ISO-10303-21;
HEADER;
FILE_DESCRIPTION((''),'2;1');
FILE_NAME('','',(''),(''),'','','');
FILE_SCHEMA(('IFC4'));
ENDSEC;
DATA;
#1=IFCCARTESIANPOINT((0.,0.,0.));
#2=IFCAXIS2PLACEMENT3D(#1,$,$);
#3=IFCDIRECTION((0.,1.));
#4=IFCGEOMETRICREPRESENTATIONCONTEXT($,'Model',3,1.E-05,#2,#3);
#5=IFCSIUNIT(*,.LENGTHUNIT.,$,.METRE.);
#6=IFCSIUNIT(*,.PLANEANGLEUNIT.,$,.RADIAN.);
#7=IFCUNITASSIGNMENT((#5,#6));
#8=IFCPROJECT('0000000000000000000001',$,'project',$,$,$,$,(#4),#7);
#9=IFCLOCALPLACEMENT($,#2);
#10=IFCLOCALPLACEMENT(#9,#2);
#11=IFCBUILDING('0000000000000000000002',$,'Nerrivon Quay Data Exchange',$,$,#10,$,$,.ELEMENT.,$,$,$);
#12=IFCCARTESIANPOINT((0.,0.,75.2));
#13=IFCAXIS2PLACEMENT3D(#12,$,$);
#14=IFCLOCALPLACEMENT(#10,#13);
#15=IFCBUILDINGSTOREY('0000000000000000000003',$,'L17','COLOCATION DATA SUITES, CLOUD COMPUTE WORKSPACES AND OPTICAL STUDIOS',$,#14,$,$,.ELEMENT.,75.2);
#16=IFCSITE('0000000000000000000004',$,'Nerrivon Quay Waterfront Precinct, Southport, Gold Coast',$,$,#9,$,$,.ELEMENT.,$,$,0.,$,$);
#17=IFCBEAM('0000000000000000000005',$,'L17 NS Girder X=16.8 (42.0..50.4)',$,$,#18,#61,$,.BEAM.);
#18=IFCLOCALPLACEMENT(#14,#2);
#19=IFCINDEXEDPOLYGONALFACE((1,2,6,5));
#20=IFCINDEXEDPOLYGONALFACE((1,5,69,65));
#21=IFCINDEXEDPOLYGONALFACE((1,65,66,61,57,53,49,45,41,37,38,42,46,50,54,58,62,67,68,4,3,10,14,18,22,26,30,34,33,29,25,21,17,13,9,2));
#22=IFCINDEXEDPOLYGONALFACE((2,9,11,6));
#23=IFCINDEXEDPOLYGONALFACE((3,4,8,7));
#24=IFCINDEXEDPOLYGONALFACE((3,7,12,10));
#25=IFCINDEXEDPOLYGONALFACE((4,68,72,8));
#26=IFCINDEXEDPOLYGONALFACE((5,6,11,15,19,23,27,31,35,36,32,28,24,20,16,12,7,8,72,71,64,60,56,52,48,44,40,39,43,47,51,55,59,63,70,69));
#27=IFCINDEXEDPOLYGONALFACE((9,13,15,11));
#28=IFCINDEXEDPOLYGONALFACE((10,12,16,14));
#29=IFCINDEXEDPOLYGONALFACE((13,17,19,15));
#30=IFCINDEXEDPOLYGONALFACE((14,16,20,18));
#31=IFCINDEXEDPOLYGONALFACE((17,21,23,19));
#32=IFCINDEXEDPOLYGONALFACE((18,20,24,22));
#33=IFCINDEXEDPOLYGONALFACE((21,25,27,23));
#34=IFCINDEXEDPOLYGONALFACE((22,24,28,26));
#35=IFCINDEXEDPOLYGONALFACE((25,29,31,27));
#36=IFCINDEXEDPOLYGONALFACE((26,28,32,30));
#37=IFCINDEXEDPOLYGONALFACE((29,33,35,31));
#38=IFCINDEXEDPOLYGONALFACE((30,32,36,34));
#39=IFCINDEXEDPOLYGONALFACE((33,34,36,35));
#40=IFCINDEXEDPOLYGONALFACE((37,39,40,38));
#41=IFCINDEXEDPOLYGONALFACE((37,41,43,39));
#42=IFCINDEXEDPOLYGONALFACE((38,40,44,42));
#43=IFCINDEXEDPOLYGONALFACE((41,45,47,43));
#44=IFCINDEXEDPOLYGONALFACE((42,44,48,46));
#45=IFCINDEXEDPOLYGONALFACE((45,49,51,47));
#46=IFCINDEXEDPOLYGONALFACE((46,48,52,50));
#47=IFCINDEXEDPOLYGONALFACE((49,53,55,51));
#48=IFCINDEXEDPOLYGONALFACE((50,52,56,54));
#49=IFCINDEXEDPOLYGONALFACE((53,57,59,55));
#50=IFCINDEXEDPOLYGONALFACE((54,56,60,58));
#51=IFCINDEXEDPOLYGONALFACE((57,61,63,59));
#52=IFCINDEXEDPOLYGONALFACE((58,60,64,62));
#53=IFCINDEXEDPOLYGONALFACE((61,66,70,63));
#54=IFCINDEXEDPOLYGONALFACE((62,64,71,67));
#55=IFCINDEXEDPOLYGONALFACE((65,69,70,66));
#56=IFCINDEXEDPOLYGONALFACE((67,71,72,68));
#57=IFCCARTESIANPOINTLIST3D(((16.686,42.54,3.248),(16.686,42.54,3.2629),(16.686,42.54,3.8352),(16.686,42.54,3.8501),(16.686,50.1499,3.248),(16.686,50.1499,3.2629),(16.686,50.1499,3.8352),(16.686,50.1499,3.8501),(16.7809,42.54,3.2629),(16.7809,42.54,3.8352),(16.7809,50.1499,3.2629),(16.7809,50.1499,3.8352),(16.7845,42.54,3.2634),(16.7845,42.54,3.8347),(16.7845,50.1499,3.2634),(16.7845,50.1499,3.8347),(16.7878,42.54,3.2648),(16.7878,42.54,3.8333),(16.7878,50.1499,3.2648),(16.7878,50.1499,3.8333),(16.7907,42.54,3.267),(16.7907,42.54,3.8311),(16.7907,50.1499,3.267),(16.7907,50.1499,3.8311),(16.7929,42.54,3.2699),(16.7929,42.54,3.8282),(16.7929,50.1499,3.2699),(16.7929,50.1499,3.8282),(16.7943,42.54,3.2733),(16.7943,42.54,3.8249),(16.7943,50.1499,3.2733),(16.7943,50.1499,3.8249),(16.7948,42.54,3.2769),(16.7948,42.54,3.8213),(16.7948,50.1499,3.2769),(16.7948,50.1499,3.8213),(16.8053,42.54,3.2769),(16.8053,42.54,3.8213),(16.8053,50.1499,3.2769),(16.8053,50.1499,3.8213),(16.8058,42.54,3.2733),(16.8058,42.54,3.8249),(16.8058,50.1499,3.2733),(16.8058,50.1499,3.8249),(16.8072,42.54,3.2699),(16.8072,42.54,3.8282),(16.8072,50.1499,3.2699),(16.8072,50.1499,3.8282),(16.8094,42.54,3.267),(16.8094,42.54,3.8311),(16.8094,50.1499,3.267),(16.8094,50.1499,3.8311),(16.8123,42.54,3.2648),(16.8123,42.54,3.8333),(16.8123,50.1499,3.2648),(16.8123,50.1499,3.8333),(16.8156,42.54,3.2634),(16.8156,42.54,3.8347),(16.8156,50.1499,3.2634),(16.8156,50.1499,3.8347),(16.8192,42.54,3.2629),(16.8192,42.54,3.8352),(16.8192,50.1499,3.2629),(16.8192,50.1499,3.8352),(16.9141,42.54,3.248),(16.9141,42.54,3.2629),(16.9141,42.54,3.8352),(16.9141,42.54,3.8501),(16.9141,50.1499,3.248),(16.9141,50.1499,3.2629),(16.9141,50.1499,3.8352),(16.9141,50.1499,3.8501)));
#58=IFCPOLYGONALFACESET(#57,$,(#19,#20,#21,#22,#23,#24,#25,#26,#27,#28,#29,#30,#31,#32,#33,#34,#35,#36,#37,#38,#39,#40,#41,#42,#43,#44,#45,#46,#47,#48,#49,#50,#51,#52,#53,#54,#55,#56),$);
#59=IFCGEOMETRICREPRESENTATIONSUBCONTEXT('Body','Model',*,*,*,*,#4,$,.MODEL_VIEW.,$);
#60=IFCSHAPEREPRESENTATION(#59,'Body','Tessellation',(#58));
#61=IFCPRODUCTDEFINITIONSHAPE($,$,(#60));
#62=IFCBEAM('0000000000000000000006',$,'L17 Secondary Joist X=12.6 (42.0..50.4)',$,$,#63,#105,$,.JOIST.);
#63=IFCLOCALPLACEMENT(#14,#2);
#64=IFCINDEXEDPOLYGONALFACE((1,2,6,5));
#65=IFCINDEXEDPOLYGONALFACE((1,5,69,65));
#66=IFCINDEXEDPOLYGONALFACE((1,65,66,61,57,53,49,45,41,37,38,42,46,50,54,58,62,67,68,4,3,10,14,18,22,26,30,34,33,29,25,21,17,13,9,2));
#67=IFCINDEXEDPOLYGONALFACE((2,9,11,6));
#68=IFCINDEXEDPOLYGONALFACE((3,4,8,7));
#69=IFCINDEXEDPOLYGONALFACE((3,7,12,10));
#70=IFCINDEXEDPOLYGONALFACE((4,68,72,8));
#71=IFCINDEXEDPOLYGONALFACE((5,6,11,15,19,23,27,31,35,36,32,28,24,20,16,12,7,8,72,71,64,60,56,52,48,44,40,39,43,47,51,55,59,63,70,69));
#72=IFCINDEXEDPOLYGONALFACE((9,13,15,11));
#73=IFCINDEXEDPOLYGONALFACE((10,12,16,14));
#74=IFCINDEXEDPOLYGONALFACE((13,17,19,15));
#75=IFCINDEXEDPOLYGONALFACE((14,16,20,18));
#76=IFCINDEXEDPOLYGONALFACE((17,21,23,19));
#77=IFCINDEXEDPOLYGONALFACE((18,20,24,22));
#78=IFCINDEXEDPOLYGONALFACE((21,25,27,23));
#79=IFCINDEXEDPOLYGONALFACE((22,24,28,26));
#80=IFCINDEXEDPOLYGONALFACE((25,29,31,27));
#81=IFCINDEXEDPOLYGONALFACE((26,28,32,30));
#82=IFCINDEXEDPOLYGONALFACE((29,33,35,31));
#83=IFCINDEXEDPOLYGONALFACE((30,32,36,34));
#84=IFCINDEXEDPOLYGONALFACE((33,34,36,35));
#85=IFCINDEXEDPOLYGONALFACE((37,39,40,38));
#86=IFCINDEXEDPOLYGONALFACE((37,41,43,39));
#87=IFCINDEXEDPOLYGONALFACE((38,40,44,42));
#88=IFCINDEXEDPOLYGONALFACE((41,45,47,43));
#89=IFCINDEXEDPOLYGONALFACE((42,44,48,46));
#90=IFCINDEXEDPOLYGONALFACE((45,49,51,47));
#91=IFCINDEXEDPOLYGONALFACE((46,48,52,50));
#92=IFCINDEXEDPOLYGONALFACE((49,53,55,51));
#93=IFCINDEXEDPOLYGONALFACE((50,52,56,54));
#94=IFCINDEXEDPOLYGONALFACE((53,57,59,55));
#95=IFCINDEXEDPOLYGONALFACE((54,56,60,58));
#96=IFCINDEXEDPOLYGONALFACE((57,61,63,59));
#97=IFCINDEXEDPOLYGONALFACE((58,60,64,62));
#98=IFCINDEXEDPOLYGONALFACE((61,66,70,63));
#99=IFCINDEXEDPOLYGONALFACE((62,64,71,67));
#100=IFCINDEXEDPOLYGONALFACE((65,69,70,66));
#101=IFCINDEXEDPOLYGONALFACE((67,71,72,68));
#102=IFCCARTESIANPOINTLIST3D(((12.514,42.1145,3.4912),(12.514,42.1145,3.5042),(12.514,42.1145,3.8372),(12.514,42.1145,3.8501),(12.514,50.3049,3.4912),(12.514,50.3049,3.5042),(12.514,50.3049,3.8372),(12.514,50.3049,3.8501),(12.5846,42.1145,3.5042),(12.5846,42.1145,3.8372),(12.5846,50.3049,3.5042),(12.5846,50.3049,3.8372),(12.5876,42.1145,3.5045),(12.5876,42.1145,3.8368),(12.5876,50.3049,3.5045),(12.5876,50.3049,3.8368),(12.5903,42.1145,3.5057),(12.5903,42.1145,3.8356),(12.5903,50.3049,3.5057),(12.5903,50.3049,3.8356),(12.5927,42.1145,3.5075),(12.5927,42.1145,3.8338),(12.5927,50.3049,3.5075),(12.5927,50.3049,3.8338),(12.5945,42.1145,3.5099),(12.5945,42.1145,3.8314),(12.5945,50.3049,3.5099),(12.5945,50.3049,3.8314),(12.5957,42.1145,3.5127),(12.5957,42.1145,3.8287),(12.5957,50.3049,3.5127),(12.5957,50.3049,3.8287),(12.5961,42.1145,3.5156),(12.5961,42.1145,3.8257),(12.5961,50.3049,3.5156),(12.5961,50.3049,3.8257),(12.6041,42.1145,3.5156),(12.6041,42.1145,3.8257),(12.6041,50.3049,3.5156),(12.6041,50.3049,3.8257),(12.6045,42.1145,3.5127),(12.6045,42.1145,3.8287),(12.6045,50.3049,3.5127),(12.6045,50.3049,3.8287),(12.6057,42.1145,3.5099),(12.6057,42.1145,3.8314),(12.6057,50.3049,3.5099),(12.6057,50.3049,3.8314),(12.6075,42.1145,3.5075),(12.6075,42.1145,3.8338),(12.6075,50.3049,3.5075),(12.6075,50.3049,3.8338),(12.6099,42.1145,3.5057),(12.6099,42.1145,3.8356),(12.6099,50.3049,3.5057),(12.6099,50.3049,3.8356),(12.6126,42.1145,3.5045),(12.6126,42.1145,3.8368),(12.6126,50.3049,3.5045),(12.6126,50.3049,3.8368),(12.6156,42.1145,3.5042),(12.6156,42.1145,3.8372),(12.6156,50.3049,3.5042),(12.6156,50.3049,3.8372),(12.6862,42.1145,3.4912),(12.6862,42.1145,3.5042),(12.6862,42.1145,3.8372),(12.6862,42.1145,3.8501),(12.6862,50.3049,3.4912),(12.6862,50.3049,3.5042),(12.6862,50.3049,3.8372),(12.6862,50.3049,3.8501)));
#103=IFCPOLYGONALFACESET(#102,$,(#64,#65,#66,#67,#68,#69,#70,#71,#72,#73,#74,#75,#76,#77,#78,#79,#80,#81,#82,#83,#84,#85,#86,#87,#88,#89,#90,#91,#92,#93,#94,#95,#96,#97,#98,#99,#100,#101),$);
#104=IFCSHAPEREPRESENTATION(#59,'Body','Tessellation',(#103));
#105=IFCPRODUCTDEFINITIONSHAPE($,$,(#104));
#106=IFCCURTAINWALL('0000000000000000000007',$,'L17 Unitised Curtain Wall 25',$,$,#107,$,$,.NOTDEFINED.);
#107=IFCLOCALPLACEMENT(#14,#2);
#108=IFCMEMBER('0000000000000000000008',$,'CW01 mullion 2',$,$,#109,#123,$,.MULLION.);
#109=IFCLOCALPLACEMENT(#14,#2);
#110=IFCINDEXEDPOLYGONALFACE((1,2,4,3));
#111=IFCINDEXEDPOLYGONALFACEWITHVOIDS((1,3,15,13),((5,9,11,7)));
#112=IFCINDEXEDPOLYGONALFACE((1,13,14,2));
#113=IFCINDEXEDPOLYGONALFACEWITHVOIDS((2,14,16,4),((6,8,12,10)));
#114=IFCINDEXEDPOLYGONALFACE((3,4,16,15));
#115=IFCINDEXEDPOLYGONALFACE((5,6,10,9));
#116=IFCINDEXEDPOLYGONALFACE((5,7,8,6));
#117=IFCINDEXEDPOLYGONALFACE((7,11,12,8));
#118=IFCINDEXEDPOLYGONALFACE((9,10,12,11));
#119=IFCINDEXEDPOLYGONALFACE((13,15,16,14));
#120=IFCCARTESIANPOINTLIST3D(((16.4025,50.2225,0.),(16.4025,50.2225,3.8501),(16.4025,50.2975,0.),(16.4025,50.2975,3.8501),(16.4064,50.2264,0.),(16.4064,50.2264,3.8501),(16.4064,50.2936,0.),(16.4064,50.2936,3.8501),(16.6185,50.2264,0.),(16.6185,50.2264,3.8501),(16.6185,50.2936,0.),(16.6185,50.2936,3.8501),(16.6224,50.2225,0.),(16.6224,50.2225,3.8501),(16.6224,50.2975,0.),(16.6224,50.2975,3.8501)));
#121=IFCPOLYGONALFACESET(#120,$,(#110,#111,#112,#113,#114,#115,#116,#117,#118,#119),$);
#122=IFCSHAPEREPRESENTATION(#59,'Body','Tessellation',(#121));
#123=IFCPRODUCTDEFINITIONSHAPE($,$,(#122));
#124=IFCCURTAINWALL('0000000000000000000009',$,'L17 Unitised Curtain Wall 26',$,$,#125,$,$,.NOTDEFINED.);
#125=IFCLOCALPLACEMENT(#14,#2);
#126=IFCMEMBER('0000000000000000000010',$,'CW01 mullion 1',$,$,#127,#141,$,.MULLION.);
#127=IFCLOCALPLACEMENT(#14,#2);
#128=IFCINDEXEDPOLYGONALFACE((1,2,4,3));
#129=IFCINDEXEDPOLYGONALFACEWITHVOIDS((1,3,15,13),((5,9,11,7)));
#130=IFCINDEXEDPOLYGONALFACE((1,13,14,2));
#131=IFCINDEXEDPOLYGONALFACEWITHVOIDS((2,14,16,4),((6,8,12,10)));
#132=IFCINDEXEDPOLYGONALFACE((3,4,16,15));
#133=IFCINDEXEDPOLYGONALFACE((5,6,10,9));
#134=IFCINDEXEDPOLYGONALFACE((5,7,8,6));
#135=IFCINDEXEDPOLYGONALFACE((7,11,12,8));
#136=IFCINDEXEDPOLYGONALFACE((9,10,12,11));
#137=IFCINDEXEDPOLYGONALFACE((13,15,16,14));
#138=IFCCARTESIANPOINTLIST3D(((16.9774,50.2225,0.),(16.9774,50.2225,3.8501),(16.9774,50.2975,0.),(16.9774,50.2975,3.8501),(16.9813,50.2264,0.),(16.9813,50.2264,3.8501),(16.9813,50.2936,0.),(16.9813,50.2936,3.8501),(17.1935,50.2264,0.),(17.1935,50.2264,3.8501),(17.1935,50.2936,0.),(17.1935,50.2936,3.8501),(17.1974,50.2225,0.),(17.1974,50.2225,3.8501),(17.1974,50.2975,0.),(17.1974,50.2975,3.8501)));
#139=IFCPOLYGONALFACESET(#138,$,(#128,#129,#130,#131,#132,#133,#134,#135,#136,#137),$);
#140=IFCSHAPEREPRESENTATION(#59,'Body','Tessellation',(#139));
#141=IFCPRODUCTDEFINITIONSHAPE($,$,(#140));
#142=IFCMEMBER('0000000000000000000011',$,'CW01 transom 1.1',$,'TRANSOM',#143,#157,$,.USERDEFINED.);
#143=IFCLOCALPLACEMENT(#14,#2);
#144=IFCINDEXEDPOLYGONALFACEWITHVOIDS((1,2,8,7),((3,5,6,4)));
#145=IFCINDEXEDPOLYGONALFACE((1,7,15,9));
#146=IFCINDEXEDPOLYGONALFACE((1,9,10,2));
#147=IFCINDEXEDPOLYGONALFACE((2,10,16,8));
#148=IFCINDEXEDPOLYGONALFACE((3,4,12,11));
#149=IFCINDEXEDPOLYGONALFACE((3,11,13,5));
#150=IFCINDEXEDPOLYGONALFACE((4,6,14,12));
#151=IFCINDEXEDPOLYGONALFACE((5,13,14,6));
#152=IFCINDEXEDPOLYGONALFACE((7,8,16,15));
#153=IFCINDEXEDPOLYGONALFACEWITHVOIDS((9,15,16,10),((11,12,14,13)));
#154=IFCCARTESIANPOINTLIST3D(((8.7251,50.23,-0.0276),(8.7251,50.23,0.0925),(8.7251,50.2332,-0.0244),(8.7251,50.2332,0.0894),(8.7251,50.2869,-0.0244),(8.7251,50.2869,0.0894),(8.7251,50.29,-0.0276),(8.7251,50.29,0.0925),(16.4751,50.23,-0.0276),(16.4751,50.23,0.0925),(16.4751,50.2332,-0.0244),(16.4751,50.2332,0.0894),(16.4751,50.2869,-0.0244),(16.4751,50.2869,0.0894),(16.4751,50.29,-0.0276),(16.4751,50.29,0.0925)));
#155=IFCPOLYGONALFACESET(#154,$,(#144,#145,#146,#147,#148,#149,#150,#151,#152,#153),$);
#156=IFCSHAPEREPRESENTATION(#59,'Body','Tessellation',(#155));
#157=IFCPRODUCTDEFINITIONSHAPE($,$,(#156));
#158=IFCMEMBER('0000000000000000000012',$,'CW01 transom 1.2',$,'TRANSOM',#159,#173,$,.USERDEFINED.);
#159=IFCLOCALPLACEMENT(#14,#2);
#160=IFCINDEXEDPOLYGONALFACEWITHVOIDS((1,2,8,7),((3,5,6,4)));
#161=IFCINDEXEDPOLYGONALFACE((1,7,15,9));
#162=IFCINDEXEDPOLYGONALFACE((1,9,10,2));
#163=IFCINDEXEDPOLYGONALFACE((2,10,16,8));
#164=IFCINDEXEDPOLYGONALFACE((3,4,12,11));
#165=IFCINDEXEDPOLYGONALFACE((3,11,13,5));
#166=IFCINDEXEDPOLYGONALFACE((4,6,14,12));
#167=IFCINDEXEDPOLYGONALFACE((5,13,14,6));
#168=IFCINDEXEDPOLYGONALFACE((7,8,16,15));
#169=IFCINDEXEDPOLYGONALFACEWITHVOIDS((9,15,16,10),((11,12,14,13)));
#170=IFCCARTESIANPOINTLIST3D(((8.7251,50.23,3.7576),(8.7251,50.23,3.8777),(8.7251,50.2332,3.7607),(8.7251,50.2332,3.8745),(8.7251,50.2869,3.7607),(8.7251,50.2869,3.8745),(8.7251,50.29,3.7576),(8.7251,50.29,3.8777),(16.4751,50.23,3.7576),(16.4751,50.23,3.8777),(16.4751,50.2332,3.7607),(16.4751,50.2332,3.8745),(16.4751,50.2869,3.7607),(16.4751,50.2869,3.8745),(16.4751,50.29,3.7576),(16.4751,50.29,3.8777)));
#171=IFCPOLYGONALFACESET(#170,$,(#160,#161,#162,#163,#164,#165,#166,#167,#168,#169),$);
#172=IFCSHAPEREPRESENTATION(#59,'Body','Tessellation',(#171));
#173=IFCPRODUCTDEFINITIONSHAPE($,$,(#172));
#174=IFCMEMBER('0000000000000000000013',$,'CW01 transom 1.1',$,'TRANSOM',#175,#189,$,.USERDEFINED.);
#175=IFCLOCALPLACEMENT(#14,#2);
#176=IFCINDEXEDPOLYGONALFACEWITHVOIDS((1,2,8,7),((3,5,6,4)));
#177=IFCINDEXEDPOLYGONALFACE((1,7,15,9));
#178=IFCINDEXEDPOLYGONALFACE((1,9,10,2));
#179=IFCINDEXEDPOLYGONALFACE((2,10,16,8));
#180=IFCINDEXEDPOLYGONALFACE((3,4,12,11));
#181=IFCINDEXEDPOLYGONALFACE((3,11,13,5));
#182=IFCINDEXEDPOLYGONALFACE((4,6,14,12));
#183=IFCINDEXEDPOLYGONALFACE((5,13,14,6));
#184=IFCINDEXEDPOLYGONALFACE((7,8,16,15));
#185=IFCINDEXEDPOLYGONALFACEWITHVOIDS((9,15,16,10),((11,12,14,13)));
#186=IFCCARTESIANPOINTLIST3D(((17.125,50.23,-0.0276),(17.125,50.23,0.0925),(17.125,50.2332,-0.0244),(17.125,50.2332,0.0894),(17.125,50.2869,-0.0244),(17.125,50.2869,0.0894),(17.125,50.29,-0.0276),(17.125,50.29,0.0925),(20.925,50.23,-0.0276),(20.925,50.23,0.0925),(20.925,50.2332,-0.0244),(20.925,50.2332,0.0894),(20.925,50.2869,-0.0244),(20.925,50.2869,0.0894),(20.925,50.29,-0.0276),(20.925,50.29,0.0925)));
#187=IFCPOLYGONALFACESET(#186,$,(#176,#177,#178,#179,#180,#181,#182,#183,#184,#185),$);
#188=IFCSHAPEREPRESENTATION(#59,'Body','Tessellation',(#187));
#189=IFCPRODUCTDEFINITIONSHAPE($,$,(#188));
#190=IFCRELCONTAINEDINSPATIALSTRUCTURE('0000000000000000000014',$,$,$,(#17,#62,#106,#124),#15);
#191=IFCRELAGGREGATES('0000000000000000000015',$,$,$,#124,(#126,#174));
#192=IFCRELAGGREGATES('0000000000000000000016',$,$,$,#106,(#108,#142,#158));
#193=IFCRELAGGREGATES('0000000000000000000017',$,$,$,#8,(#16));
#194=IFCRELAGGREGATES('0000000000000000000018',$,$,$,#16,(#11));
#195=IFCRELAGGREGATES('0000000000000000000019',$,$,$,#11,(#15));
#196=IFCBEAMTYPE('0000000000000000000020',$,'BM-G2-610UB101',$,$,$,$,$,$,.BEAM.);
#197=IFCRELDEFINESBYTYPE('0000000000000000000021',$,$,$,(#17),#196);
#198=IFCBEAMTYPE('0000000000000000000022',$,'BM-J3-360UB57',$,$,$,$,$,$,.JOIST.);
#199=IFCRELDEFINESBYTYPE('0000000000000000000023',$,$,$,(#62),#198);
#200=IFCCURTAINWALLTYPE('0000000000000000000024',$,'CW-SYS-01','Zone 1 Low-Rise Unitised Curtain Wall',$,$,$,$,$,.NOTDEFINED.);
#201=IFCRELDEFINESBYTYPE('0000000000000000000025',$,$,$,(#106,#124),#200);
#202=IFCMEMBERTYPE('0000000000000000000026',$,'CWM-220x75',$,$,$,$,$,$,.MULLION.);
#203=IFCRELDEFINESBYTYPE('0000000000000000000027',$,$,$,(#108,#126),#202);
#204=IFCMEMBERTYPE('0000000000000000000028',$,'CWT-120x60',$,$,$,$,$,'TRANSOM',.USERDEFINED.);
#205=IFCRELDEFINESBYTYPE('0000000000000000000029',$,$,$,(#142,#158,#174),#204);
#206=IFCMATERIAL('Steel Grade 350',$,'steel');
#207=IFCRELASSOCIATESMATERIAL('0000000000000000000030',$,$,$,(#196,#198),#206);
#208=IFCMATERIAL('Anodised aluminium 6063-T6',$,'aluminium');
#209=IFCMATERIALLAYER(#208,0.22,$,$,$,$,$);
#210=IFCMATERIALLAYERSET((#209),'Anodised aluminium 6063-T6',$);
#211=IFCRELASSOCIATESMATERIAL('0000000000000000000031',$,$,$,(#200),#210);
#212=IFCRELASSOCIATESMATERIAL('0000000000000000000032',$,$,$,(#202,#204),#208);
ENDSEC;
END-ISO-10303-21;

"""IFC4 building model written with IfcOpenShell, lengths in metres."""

from ifc_helpers import new_model, si_unit, direction, frame, origin, origin_2d, place, context, subcontext, project, spatial, hollow_rectangle, i_section, extrude, material, layer, layer_set, material_profile, profile_set, type_object, element, aggregate, save


model = new_model("IFC4")

# Units and contexts
model_context = context("Model", 3, precision=1e-05, world=origin(), true_north=direction((0.0, 1.0)))
body_context = subcontext(model_context, "Body", "Model", "MODEL_VIEW")
ifc_project = project(units=[si_unit("LENGTHUNIT", "METRE"), si_unit("PLANEANGLEUNIT", "RADIAN")], contexts=[model_context])

# Site, building, storey
site_placement = place(None, origin())
site = spatial("IfcSite", under=ifc_project, at=site_placement, Name="Nerrivon Quay Waterfront Precinct, Southport, Gold Coast", CompositionType="ELEMENT", RefElevation=0.0)
building_placement = place(site_placement, origin())
building = spatial("IfcBuilding", under=site, at=building_placement, Name="Nerrivon Quay Data Exchange", CompositionType="ELEMENT")
storey_placement = place(building_placement, frame((0.0, 0.0, 75.2)))
storey = spatial("IfcBuildingStorey", under=building, at=storey_placement, Name="L17", Description="COLOCATION DATA SUITES, CLOUD COMPUTE WORKSPACES AND OPTICAL STUDIOS", CompositionType="ELEMENT", Elevation=75.2)

# Shared definitions
ifc_material_1 = material(Name="Steel Grade 350", Category="steel")

# Beams
ifc_material_profile_1 = material_profile(ifc_material_1, i_section(OverallWidth=0.228, OverallDepth=0.6021, WebThickness=0.0105, FlangeThickness=0.0149, FilletRadius=0.0139, at=origin_2d()), Name="610UB101")
ifc_profile_set_1 = profile_set([ifc_material_profile_1], Name="Steel Grade 350")
beam_type_1 = type_object("IfcBeamType", Name="BM-G2-610UB101", PredefinedType="BEAM", material=ifc_profile_set_1)
beam_1_placement = place(storey_placement, frame((16.8, 42.54, 3.5491), z_axis=(0.0, 1.0, 0.0), x_axis=(-1.0, 0.0, 0.0)))
element("IfcBeam", 1, at=beam_1_placement, inside=storey, type_object=beam_type_1, Name="L17 NS Girder X=16.8 (42.0..50.4)", PredefinedType="BEAM", context=body_context, shape_type="SweptSolid", body=[
    extrude(i_section(OverallWidth=0.228, OverallDepth=0.6021, WebThickness=0.0105, FlangeThickness=0.0149, FilletRadius=0.0139, at=origin_2d()), origin(), (0.0, 0.0, 1.0), 7.6099),
])
ifc_material_profile_2 = material_profile(ifc_material_1, i_section(OverallWidth=0.1721, OverallDepth=0.3589, WebThickness=0.0081, FlangeThickness=0.0129, FilletRadius=0.0115, at=origin_2d()), Name="360UB56.7")
ifc_profile_set_2 = profile_set([ifc_material_profile_2], Name="Steel Grade 350")
beam_type_2 = type_object("IfcBeamType", Name="BM-J3-360UB57", PredefinedType="JOIST", material=ifc_profile_set_2)
beam_2_placement = place(storey_placement, frame((12.6001, 42.1145, 3.6707), z_axis=(0.0, 1.0, 0.0), x_axis=(-1.0, 0.0, 0.0)))
element("IfcBeam", 2, at=beam_2_placement, inside=storey, type_object=beam_type_2, Name="L17 Secondary Joist X=12.6 (42.0..50.4)", PredefinedType="JOIST", context=body_context, shape_type="SweptSolid", body=[
    extrude(i_section(OverallWidth=0.1721, OverallDepth=0.3589, WebThickness=0.0081, FlangeThickness=0.0129, FilletRadius=0.0115, at=origin_2d()), origin(), (0.0, 0.0, 1.0), 8.1904),
])

# Curtain walls, members
ifc_material_2 = material(Name="Anodised aluminium 6063-T6", Category="aluminium")
ifc_layer_1 = layer(ifc_material_2, 0.22)
ifc_layer_set_1 = layer_set([ifc_layer_1], Name="Anodised aluminium 6063-T6")
curtain_wall_type = type_object("IfcCurtainWallType", Name="CW-SYS-01", Description="Zone 1 Low-Rise Unitised Curtain Wall", PredefinedType="NOTDEFINED", material=ifc_layer_set_1)
curtain_wall_1_placement = place(storey_placement, origin())
curtain_wall_1 = element("IfcCurtainWall", 3, at=curtain_wall_1_placement, inside=storey, type_object=curtain_wall_type, Name="L17 Unitised Curtain Wall 25", PredefinedType="NOTDEFINED")
ifc_material_profile_3 = material_profile(ifc_material_2, hollow_rectangle(XDim=0.075, YDim=0.22, WallThickness=0.0039, at=origin_2d()), Name="ALU-MULL-220x75")
ifc_profile_set_3 = profile_set([ifc_material_profile_3], Name="Anodised aluminium 6063-T6")
member_type_1 = type_object("IfcMemberType", Name="CWM-220x75", PredefinedType="MULLION", material=ifc_profile_set_3)
member_1_placement = place(storey_placement, frame((16.5125, 50.26, 0.0), z_axis=(0.0, 0.0, 1.0), x_axis=(0.0, 1.0, 0.0)))
member_1 = element("IfcMember", 4, at=member_1_placement, type_object=member_type_1, Name="CW01 mullion 2", PredefinedType="MULLION", context=body_context, shape_type="SweptSolid", body=[
    extrude(hollow_rectangle(XDim=0.075, YDim=0.22, WallThickness=0.0039, at=origin_2d()), origin(), (0.0, 0.0, 1.0), 3.8501),
])
curtain_wall_2_placement = place(storey_placement, origin())
curtain_wall_2 = element("IfcCurtainWall", 5, at=curtain_wall_2_placement, inside=storey, type_object=curtain_wall_type, Name="L17 Unitised Curtain Wall 26", PredefinedType="NOTDEFINED")
member_2_placement = place(storey_placement, frame((17.0874, 50.26, 0.0), z_axis=(0.0, 0.0, 1.0), x_axis=(0.0, 1.0, 0.0)))
member_2 = element("IfcMember", 6, at=member_2_placement, type_object=member_type_1, Name="CW01 mullion 1", PredefinedType="MULLION", context=body_context, shape_type="SweptSolid", body=[
    extrude(hollow_rectangle(XDim=0.075, YDim=0.22, WallThickness=0.0039, at=origin_2d()), origin(), (0.0, 0.0, 1.0), 3.8501),
])

# Members
ifc_material_profile_4 = material_profile(ifc_material_2, hollow_rectangle(XDim=0.0601, YDim=0.1201, WallThickness=0.0032, at=origin_2d()), Name="ALU-TRAN-120x60")
ifc_profile_set_4 = profile_set([ifc_material_profile_4], Name="Anodised aluminium 6063-T6")
member_type_2 = type_object("IfcMemberType", Name="CWT-120x60", ElementType="TRANSOM", PredefinedType="USERDEFINED", material=ifc_profile_set_4)
member_3_placement = place(storey_placement, frame((8.7251, 50.26, 0.0325), z_axis=(1.0, 0.0, 0.0), x_axis=(0.0, 1.0, 0.0)))
member_3 = element("IfcMember", 7, at=member_3_placement, type_object=member_type_2, Name="CW01 transom 1.1", ObjectType="TRANSOM", PredefinedType="USERDEFINED", context=body_context, shape_type="SweptSolid", body=[
    extrude(hollow_rectangle(XDim=0.0601, YDim=0.1201, WallThickness=0.0032, at=origin_2d()), origin(), (0.0, 0.0, 1.0), 7.75),
])
member_4_placement = place(storey_placement, frame((8.7251, 50.26, 3.8176), z_axis=(1.0, 0.0, 0.0), x_axis=(0.0, 1.0, 0.0)))
member_4 = element("IfcMember", 8, at=member_4_placement, type_object=member_type_2, Name="CW01 transom 1.2", ObjectType="TRANSOM", PredefinedType="USERDEFINED", context=body_context, shape_type="SweptSolid", body=[
    extrude(hollow_rectangle(XDim=0.0601, YDim=0.1201, WallThickness=0.0032, at=origin_2d()), origin(), (0.0, 0.0, 1.0), 7.75),
])
member_5_placement = place(storey_placement, frame((17.125, 50.26, 0.0325), z_axis=(1.0, 0.0, 0.0), x_axis=(0.0, 1.0, 0.0)))
member_5 = element("IfcMember", 9, at=member_5_placement, type_object=member_type_2, Name="CW01 transom 1.1", ObjectType="TRANSOM", PredefinedType="USERDEFINED", context=body_context, shape_type="SweptSolid", body=[
    extrude(hollow_rectangle(XDim=0.0601, YDim=0.1201, WallThickness=0.0032, at=origin_2d()), origin(), (0.0, 0.0, 1.0), 3.8),
])
aggregate(curtain_wall_2, [member_2, member_5])

aggregate(curtain_wall_1, [member_1, member_3, member_4])

save(model, "model.ifc")
